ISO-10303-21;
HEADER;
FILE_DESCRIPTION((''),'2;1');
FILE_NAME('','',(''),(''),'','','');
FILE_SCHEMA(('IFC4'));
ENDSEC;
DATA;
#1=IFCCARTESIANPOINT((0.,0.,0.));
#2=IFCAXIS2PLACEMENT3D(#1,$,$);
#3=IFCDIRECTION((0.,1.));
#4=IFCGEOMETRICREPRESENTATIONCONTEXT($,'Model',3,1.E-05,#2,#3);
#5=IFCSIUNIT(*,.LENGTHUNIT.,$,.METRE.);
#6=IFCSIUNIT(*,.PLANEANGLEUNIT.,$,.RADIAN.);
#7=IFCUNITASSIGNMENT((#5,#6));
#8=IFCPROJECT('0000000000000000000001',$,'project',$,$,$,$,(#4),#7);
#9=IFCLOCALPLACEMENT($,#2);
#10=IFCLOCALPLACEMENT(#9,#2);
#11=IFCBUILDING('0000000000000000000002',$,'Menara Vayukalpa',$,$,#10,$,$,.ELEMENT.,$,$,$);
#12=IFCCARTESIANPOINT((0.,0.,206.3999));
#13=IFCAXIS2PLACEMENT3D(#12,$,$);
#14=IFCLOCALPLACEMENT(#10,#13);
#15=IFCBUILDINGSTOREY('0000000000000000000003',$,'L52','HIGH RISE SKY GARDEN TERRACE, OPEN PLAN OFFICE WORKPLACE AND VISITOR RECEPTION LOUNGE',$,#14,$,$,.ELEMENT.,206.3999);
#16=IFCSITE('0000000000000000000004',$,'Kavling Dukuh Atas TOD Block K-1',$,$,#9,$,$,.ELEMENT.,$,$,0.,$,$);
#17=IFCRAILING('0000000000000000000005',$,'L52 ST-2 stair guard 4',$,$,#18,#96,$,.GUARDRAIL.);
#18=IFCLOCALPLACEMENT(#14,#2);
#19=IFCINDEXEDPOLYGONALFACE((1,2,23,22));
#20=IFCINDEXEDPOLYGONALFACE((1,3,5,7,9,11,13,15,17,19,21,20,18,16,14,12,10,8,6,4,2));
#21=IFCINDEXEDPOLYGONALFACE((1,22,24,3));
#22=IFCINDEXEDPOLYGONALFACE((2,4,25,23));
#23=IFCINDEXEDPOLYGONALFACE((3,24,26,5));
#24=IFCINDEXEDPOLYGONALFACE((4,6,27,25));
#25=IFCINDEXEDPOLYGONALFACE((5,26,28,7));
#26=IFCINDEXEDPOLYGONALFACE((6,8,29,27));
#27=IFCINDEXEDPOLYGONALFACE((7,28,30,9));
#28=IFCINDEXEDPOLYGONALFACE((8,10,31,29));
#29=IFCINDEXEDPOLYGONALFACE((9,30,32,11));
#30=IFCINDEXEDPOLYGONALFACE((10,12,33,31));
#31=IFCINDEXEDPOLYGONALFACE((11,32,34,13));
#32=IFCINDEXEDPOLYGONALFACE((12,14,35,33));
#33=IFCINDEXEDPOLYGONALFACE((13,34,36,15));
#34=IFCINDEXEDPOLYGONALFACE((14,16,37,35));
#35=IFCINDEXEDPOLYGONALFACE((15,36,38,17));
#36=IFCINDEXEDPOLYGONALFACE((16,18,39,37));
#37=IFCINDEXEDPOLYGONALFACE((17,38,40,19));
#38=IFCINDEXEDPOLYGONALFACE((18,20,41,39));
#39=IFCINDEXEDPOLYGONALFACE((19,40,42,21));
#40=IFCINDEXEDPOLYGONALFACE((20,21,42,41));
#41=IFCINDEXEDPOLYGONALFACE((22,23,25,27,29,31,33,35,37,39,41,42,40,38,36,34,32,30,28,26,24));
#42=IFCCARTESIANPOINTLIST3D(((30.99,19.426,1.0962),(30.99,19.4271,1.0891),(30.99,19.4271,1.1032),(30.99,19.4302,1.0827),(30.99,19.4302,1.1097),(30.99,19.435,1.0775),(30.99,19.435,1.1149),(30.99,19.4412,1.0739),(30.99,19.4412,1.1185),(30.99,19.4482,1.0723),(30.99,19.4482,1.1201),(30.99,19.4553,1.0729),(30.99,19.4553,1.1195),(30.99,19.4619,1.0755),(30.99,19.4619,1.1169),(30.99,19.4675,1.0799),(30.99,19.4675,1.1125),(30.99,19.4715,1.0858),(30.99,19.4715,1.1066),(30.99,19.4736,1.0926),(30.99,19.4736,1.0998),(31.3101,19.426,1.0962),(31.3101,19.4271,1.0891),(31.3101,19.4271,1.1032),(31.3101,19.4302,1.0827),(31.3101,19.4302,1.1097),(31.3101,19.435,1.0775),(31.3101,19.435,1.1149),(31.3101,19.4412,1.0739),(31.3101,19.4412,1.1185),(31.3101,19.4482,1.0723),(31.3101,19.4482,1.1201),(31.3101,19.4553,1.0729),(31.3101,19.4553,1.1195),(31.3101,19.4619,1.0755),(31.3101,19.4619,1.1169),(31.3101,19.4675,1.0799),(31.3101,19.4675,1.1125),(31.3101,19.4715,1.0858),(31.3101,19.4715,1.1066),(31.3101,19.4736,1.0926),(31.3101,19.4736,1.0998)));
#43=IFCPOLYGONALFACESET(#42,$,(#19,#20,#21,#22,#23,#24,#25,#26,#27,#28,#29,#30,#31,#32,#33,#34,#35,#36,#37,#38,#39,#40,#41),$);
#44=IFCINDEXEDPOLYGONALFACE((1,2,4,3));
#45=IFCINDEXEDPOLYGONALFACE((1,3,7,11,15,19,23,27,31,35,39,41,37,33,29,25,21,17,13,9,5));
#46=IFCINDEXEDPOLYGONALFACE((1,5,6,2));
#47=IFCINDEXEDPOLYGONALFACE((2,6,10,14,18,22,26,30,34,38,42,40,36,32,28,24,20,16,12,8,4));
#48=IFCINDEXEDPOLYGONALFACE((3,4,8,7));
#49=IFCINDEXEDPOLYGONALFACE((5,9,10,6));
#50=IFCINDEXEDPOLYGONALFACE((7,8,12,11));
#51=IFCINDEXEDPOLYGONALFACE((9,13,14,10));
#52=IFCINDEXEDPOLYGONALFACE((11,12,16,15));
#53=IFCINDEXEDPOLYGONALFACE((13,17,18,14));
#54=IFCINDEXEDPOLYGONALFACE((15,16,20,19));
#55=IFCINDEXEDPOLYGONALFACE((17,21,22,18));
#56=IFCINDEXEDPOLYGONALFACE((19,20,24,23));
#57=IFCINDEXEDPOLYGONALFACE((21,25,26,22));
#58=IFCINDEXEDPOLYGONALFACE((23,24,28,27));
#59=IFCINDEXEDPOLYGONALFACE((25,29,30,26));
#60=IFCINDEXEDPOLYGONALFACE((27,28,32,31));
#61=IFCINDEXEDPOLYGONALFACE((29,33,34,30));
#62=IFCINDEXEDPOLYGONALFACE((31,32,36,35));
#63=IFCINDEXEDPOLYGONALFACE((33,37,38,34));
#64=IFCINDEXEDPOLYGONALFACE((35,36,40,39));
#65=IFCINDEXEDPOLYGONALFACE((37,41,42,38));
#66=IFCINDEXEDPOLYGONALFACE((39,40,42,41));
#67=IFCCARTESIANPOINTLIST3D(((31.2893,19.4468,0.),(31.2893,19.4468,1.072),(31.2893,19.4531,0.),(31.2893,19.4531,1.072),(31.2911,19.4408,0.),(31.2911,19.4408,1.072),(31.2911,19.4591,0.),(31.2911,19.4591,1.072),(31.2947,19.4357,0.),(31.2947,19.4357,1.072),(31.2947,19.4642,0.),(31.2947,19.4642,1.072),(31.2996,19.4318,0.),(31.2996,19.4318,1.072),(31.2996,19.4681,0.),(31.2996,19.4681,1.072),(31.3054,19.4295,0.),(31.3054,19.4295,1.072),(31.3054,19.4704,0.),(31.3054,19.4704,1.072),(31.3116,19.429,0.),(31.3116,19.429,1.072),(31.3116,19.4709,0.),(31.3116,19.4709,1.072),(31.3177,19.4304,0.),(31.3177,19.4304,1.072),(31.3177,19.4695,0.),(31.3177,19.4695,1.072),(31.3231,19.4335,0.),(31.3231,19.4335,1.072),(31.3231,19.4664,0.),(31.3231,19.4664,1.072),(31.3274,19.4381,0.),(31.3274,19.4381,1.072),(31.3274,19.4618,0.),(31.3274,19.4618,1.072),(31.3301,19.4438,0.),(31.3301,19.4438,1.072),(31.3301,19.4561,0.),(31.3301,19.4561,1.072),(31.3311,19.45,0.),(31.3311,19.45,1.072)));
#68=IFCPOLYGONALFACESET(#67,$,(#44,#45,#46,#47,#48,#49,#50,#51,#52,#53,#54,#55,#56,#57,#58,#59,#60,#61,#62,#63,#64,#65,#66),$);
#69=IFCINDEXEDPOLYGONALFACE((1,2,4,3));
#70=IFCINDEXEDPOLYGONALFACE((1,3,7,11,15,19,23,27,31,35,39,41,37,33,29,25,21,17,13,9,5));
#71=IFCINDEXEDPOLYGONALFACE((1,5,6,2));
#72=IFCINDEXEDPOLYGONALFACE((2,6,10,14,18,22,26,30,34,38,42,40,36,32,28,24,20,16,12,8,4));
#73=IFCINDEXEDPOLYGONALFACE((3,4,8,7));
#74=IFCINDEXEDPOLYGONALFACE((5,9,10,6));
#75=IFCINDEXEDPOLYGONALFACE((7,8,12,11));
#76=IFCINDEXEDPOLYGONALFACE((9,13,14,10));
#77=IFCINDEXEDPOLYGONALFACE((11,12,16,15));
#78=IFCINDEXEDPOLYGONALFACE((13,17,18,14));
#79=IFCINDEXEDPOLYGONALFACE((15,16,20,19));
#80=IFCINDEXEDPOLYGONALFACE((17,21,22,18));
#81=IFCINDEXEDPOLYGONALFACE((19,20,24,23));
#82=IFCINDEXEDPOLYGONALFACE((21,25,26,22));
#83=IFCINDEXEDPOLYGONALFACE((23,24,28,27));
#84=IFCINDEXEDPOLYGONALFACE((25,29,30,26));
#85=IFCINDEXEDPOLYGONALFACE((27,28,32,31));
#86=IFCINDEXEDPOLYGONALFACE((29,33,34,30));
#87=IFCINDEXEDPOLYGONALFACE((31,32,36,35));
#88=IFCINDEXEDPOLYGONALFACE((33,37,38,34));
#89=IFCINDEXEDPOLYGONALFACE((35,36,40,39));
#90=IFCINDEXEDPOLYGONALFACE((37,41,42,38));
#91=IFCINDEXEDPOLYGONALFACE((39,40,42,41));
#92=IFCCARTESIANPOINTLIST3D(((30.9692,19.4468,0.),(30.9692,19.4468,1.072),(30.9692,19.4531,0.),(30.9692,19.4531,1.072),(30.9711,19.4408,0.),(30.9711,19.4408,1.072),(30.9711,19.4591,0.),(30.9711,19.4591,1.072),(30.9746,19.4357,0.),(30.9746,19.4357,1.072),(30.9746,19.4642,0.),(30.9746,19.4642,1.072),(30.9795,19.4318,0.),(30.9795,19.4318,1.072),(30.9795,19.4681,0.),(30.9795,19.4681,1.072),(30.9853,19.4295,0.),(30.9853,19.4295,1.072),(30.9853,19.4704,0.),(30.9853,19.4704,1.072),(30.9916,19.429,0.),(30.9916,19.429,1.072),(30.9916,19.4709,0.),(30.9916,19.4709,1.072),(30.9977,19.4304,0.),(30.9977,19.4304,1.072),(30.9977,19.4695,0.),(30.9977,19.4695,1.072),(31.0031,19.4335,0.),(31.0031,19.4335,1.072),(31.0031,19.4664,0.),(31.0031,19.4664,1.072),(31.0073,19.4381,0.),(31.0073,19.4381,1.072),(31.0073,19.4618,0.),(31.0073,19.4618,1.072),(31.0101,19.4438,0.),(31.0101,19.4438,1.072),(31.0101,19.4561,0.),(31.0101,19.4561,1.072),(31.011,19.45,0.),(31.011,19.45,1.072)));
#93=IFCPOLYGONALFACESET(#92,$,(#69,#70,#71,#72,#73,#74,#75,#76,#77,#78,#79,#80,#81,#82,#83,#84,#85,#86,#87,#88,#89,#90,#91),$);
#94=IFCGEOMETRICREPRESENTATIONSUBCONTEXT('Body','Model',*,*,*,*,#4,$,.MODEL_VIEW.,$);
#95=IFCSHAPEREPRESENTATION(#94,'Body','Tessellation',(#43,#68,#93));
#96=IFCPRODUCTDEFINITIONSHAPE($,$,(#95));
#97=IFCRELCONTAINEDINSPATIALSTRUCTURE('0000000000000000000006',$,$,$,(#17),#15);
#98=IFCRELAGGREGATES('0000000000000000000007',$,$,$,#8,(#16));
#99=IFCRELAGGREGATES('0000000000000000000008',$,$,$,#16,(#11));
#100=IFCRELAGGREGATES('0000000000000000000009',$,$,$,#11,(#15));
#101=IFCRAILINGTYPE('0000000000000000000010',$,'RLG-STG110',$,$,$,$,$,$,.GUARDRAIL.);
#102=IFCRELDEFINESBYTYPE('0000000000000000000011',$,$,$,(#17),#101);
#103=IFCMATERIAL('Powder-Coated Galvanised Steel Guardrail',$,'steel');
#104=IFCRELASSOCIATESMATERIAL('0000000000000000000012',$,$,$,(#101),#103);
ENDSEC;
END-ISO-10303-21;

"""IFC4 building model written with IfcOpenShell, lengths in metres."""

from ifc_helpers import new_model, si_unit, direction, frame, origin, origin_2d, place, context, subcontext, project, spatial, circle, extrude, material, type_object, element, save


model = new_model("IFC4")

# Units and contexts
model_context = context("Model", 3, precision=1e-05, world=origin(), true_north=direction((0.0, 1.0)))
body_context = subcontext(model_context, "Body", "Model", "MODEL_VIEW")
ifc_project = project(units=[si_unit("LENGTHUNIT", "METRE"), si_unit("PLANEANGLEUNIT", "RADIAN")], contexts=[model_context])

# Site, building, storey
site_placement = place(None, origin())
site = spatial("IfcSite", under=ifc_project, at=site_placement, Name="Kavling Dukuh Atas TOD Block K-1", CompositionType="ELEMENT", RefElevation=0.0)
building_placement = place(site_placement, origin())
building = spatial("IfcBuilding", under=site, at=building_placement, Name="Menara Vayukalpa", CompositionType="ELEMENT")
storey_placement = place(building_placement, frame((0.0, 0.0, 206.3999)))
storey = spatial("IfcBuildingStorey", under=building, at=storey_placement, Name="L52", Description="HIGH RISE SKY GARDEN TERRACE, OPEN PLAN OFFICE WORKPLACE AND VISITOR RECEPTION LOUNGE", CompositionType="ELEMENT", Elevation=206.3999)

# Railing
ifc_material_1 = material(Name="Powder-Coated Galvanised Steel Guardrail", Category="steel")
railing_type_1 = type_object("IfcRailingType", Name="RLG-STG110", PredefinedType="GUARDRAIL", material=ifc_material_1)
railing_1_placement = place(storey_placement, frame((31.3101, 19.45, 0.0)))
element("IfcRailing", 1, at=railing_1_placement, inside=storey, type_object=railing_type_1, Name="L52 ST-2 stair guard 4", PredefinedType="GUARDRAIL", context=body_context, shape_type="SweptSolid", body=[
    extrude(circle(Radius=0.0239, at=origin_2d()), frame((0.0, 0.0, 1.0962), z_axis=(-1.0, 0.0, 0.0), x_axis=(0.0, -1.0, 0.0)), (0.0, 0.0, 1.0), 0.3201),
    extrude(circle(Radius=0.021, at=origin_2d()), origin(), (0.0, 0.0, 1.0), 1.072),
    extrude(circle(Radius=0.021, at=origin_2d()), frame((-0.3201, 0.0, 0.0)), (0.0, 0.0, 1.0), 1.072),
])

save(model, "model.ifc")
